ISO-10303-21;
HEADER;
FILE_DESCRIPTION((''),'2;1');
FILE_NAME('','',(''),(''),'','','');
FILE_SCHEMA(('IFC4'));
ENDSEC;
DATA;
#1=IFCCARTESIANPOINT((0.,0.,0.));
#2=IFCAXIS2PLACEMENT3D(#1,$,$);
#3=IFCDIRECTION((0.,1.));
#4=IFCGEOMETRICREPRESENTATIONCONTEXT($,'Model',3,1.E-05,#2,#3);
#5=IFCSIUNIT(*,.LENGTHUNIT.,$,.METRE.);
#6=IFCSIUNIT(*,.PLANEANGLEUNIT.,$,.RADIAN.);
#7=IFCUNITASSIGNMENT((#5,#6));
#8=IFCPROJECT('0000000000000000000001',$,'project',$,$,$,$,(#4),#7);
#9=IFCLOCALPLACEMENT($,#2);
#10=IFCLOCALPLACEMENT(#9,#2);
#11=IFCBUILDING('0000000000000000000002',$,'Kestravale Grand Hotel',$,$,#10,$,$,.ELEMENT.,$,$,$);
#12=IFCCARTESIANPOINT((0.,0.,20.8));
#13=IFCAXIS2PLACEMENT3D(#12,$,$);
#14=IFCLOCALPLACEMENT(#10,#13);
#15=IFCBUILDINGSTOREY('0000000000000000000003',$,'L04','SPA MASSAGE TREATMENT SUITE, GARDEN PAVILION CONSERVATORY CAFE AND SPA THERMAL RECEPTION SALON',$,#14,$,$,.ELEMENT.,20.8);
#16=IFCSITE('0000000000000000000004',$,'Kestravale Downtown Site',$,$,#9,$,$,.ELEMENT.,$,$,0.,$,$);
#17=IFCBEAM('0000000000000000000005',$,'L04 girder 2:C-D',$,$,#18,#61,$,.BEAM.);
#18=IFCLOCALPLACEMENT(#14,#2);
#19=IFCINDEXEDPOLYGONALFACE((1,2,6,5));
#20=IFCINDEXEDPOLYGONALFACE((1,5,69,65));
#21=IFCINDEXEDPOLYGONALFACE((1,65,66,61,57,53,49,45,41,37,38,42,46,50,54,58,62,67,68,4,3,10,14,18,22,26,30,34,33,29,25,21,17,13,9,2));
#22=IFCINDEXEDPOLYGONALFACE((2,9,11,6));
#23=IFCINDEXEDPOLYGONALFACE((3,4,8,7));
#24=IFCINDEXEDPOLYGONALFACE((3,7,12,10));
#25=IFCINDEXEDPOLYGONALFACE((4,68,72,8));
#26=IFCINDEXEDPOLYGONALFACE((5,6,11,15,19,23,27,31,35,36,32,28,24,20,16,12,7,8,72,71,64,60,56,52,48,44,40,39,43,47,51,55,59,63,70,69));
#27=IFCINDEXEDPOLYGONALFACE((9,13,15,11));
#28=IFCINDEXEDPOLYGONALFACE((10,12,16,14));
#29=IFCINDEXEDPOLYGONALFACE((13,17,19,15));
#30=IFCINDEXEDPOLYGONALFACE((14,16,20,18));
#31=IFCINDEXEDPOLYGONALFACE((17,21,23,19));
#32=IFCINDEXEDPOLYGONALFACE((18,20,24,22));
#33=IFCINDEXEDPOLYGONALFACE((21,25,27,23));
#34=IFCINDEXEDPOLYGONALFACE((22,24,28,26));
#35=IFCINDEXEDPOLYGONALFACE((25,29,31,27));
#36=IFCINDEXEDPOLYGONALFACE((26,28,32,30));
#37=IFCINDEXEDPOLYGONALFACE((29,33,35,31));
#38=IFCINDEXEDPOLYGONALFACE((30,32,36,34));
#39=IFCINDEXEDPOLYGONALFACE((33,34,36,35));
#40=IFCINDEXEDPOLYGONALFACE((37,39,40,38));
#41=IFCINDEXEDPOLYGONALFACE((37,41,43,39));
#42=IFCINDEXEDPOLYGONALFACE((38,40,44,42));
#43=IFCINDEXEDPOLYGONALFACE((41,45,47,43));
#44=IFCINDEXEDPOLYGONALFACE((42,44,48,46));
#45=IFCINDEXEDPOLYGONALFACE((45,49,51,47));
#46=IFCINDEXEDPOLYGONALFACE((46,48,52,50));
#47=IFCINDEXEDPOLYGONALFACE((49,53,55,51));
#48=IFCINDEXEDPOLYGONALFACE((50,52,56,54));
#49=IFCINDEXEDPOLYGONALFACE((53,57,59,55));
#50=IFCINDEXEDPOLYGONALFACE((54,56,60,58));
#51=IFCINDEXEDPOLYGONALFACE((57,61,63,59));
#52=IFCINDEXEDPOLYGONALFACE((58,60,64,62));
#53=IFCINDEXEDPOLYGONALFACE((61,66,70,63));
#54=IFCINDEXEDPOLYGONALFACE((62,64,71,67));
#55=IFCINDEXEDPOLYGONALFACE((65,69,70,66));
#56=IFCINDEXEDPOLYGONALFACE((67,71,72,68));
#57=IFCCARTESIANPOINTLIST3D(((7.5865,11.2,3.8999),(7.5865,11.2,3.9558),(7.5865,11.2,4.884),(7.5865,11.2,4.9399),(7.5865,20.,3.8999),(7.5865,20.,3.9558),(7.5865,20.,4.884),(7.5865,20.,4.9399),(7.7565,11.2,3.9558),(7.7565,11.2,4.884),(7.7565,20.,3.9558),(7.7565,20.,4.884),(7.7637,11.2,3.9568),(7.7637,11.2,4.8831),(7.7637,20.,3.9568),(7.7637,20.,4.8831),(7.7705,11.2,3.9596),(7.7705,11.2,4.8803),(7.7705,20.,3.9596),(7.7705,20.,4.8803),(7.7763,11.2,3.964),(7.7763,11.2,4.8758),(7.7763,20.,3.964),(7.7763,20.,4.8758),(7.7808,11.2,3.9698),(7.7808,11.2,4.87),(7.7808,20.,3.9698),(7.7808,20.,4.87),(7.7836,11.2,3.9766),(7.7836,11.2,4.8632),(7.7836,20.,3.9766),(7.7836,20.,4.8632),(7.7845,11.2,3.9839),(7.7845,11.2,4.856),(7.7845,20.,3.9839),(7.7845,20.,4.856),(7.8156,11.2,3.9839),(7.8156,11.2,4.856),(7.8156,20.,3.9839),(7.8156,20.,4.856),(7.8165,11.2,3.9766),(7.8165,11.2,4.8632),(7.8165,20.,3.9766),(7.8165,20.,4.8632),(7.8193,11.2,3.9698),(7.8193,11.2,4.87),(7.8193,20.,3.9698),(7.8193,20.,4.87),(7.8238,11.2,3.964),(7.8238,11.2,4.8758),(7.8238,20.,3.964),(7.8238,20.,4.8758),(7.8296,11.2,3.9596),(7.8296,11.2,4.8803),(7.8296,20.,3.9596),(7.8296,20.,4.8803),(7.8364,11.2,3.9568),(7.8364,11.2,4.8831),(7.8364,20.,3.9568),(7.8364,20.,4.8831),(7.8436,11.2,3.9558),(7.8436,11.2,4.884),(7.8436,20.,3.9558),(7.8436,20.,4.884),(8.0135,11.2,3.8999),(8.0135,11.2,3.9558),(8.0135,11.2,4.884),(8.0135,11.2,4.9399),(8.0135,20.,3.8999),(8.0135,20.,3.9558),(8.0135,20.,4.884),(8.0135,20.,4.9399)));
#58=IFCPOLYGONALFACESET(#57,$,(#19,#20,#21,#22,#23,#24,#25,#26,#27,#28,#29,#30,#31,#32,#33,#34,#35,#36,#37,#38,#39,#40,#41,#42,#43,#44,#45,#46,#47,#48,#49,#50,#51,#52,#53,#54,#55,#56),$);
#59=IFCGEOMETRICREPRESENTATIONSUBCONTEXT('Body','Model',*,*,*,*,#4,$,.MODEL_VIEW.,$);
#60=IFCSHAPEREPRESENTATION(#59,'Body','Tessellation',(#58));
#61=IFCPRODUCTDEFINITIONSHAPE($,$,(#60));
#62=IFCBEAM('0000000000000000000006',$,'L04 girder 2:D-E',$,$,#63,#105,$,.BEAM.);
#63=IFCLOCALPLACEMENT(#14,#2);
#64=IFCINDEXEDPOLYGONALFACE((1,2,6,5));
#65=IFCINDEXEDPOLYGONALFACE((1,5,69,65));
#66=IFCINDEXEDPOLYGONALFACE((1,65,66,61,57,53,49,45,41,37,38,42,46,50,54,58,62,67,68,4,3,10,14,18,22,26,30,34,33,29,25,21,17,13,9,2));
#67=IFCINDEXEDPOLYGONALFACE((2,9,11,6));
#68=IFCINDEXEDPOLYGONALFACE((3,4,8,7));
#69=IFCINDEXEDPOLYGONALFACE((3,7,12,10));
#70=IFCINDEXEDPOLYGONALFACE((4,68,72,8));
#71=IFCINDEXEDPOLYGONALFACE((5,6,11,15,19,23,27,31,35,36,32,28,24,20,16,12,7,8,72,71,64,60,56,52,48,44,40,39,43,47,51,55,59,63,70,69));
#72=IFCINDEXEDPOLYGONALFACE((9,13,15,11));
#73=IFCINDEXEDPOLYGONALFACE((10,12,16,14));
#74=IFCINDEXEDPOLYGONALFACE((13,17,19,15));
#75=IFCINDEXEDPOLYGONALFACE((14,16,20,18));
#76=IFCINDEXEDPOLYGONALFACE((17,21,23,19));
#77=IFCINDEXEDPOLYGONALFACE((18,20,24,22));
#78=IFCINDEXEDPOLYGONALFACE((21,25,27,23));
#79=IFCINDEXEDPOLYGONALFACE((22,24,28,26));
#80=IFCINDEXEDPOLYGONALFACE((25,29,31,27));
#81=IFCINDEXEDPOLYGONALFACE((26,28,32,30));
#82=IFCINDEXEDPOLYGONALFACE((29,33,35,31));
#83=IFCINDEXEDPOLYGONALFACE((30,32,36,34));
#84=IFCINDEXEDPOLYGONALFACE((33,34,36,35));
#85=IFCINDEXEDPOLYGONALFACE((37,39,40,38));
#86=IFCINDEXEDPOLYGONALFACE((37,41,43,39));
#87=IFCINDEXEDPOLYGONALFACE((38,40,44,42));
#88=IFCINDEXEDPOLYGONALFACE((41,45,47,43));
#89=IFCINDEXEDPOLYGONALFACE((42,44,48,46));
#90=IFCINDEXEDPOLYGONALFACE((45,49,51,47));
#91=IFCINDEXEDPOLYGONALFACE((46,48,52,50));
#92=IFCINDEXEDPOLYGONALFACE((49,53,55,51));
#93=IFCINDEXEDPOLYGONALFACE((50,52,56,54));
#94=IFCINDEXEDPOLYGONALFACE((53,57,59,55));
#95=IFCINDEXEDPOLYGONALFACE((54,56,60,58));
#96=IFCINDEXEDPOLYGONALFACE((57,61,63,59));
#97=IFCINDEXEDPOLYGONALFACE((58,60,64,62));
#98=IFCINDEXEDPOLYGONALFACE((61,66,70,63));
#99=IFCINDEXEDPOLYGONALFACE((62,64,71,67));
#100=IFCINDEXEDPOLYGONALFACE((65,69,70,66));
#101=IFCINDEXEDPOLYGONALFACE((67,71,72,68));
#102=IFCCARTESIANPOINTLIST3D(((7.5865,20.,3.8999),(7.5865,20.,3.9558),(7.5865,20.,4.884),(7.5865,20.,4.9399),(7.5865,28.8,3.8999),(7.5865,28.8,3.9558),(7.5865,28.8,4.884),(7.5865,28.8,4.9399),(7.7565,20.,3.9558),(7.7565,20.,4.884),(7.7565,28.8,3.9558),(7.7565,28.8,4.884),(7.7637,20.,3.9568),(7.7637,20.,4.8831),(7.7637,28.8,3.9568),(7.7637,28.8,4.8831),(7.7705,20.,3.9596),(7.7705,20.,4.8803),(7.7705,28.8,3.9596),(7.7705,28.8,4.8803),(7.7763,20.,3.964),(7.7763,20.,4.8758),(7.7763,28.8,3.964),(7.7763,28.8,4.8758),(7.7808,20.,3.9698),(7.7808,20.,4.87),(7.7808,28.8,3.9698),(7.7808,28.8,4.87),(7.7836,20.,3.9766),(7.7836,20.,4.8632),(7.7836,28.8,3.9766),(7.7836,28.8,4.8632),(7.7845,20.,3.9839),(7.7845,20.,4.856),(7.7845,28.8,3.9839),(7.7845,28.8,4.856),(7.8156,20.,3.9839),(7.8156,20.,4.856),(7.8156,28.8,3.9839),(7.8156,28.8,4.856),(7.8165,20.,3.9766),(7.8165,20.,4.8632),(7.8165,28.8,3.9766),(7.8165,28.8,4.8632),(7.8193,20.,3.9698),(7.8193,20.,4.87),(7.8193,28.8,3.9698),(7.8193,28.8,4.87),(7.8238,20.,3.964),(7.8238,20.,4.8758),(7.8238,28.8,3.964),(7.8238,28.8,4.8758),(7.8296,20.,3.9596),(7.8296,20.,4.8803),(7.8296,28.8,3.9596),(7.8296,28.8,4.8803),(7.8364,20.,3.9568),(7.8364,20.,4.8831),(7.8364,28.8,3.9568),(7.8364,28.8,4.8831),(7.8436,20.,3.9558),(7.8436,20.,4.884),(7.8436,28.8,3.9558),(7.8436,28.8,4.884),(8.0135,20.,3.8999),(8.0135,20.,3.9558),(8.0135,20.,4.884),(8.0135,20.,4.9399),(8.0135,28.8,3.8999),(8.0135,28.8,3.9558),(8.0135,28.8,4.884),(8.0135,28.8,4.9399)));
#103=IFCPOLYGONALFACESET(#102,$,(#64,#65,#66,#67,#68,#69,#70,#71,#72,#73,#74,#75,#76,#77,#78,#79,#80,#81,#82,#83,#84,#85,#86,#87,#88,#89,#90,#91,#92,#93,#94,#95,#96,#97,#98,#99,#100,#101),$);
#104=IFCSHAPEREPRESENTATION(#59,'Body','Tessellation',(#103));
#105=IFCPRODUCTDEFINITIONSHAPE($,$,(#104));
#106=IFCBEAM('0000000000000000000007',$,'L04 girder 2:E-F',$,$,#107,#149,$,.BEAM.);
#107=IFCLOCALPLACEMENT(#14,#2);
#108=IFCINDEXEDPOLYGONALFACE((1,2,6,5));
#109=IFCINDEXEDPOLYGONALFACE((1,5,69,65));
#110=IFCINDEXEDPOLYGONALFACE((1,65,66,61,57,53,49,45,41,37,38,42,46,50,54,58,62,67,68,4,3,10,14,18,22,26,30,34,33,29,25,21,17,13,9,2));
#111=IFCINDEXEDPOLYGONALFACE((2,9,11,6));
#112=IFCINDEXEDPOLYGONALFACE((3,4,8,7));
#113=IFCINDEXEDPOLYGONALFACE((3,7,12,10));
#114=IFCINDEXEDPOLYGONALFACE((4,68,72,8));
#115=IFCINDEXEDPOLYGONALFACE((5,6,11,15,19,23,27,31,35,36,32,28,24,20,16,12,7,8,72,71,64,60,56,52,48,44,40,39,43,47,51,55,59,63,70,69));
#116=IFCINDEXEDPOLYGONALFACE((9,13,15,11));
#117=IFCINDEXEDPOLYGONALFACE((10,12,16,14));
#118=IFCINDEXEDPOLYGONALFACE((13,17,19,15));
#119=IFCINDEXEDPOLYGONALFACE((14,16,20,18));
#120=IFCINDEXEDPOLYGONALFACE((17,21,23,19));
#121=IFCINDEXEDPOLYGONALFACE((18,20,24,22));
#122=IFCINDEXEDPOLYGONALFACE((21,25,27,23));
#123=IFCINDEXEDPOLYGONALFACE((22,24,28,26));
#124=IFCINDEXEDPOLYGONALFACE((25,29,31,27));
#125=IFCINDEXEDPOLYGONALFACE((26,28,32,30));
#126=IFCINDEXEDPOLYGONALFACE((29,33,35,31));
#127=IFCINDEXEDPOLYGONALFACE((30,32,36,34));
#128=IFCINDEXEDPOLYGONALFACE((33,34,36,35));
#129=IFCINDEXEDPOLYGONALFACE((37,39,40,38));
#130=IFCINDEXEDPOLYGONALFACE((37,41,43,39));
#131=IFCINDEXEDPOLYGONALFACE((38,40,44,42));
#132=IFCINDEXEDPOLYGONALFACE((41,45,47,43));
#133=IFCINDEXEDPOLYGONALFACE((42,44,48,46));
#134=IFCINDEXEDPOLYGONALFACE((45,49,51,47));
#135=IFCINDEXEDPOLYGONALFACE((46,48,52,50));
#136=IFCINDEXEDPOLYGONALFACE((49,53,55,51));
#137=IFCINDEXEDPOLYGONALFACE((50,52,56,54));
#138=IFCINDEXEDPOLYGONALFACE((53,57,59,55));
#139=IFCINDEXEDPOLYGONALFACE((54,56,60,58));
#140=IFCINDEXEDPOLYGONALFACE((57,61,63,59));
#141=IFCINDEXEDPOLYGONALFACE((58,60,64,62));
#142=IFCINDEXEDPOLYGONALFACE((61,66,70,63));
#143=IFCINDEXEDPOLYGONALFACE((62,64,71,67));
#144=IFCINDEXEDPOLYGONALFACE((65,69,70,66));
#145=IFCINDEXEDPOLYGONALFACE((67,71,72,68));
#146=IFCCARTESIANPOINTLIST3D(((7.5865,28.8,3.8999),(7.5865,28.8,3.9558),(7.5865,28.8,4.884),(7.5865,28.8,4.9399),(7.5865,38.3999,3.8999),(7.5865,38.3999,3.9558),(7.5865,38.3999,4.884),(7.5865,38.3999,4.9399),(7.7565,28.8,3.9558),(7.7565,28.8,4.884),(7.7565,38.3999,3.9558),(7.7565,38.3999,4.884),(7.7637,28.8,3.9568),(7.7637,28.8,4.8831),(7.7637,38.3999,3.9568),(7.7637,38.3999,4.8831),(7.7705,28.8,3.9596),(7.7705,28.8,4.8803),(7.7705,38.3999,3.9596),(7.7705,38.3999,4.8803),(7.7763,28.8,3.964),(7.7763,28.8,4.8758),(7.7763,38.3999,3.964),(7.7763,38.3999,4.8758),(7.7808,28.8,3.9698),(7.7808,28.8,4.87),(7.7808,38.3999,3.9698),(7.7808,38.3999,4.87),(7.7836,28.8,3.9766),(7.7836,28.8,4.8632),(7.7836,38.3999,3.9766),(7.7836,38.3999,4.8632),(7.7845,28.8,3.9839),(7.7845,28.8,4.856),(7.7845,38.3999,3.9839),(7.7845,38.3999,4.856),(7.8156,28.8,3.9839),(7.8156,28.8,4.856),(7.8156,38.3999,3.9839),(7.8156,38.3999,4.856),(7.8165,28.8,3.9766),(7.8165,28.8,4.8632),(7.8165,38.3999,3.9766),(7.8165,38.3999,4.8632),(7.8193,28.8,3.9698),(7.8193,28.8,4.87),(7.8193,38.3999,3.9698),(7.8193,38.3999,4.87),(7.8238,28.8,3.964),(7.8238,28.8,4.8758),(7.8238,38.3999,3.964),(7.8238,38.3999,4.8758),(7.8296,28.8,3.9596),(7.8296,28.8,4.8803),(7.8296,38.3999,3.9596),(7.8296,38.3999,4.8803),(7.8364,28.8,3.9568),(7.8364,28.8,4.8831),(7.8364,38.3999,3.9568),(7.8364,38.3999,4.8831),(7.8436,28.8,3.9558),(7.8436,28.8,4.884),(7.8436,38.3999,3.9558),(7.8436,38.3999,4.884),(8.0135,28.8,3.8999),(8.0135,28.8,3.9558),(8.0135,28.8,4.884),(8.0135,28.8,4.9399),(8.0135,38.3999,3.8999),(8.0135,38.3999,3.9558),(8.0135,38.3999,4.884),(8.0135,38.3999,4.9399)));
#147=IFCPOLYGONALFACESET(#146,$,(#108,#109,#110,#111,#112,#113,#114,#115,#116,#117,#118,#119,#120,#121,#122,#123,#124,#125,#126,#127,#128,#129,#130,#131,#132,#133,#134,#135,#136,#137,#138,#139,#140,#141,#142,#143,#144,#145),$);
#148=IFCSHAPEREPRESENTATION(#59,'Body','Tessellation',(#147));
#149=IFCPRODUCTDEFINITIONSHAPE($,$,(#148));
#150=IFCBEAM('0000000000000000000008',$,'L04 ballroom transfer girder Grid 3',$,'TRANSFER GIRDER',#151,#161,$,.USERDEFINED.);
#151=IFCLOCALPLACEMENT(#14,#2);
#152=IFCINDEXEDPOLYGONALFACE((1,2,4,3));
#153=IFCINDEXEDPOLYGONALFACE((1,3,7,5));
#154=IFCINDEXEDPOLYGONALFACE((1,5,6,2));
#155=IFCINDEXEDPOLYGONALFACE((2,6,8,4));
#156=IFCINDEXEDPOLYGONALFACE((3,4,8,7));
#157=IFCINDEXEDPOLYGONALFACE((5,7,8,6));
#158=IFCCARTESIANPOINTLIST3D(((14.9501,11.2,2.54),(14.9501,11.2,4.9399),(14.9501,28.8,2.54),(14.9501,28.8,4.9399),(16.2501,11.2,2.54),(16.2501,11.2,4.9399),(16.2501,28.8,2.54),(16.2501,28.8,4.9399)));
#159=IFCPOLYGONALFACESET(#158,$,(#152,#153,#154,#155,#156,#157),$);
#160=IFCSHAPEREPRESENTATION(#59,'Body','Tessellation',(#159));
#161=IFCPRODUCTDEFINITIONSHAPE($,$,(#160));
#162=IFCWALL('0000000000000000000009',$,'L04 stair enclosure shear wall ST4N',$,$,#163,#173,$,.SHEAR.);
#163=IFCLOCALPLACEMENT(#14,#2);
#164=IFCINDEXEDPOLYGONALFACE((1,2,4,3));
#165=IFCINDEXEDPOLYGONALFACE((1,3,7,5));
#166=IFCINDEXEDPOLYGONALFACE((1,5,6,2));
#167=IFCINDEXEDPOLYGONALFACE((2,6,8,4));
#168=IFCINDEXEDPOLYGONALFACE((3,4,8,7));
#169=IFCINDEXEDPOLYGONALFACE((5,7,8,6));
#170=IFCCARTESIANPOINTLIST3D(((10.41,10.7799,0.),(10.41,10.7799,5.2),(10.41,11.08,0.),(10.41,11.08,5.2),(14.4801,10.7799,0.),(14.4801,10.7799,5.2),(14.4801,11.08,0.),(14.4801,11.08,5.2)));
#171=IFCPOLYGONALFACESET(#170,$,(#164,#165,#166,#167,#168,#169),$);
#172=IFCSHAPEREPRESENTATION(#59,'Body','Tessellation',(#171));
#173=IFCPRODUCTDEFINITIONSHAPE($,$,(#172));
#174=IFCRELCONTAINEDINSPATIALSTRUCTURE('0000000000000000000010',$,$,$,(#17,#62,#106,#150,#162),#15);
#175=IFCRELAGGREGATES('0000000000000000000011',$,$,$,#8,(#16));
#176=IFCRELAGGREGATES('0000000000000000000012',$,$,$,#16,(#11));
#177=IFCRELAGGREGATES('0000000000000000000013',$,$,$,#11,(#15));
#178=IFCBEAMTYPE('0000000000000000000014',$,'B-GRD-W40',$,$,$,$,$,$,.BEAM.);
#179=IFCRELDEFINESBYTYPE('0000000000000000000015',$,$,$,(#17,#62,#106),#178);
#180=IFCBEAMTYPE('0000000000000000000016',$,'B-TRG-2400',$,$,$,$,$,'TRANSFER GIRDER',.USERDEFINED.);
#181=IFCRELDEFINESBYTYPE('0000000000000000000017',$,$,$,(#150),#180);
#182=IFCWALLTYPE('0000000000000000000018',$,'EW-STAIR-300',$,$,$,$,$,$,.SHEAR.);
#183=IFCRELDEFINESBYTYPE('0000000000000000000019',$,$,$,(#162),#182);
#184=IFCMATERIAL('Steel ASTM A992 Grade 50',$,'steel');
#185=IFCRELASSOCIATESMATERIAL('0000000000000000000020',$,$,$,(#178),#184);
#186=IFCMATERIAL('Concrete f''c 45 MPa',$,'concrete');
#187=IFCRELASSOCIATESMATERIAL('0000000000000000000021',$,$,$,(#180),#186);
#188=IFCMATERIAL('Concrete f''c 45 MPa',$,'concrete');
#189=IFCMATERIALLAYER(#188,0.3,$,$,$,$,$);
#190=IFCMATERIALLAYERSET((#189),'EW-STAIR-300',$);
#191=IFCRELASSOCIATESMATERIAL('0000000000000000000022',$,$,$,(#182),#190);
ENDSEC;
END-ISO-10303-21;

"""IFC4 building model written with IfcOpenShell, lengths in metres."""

from ifc_helpers import new_model, si_unit, direction, frame, frame_2d, origin, origin_2d, place, context, subcontext, project, spatial, rectangle, i_section, extrude, material, layer, layer_set, material_profile, profile_set, type_object, element, save


model = new_model("IFC4")

# Units and contexts
model_context = context("Model", 3, precision=1e-05, world=origin(), true_north=direction((0.0, 1.0)))
body_context = subcontext(model_context, "Body", "Model", "MODEL_VIEW")
ifc_project = project(units=[si_unit("LENGTHUNIT", "METRE"), si_unit("PLANEANGLEUNIT", "RADIAN")], contexts=[model_context])

# Site, building, storey
site_placement = place(None, origin())
site = spatial("IfcSite", under=ifc_project, at=site_placement, Name="Kestravale Downtown Site", CompositionType="ELEMENT", RefElevation=0.0)
building_placement = place(site_placement, origin())
building = spatial("IfcBuilding", under=site, at=building_placement, Name="Kestravale Grand Hotel", CompositionType="ELEMENT")
storey_placement = place(building_placement, frame((0.0, 0.0, 20.8)))
storey = spatial("IfcBuildingStorey", under=building, at=storey_placement, Name="L04", Description="SPA MASSAGE TREATMENT SUITE, GARDEN PAVILION CONSERVATORY CAFE AND SPA THERMAL RECEPTION SALON", CompositionType="ELEMENT", Elevation=20.8)

# Beams
ifc_material_1 = material(Name="Steel ASTM A992 Grade 50", Category="steel")
ifc_material_profile_1 = material_profile(ifc_material_1, i_section(OverallWidth=0.427, OverallDepth=1.04, WebThickness=0.031, FlangeThickness=0.0559, FilletRadius=0.0281, at=origin_2d()))
ifc_profile_set_1 = profile_set([ifc_material_profile_1], Name="Steel ASTM A992 Grade 50")
beam_type_1 = type_object("IfcBeamType", Name="B-GRD-W40", PredefinedType="BEAM", material=ifc_profile_set_1)
for number, where, z_axis, x_axis, name in (
    (1, (7.8, 11.2, 4.4199), (0.0, 1.0, 0.0), (-1.0, 0.0, 0.0), "L04 girder 2:C-D"),
    (2, (7.8, 20.0, 4.4199), (0.0, 1.0, 0.0), (-1.0, 0.0, 0.0), "L04 girder 2:D-E"),
):
    element("IfcBeam", number, at=place(storey_placement, frame(where, z_axis=z_axis, x_axis=x_axis)), inside=storey, type_object=beam_type_1, Name=name, PredefinedType="BEAM", context=body_context, shape_type="SweptSolid", body=[
        extrude(i_section(OverallWidth=0.427, OverallDepth=1.04, WebThickness=0.031, FlangeThickness=0.0559, FilletRadius=0.0281, at=origin_2d()), origin(), (0.0, 0.0, 1.0), 8.8),
    ])
beam_1_placement = place(storey_placement, frame((7.8, 28.8, 4.4199), z_axis=(0.0, 1.0, 0.0), x_axis=(-1.0, 0.0, 0.0)))
element("IfcBeam", 3, at=beam_1_placement, inside=storey, type_object=beam_type_1, Name="L04 girder 2:E-F", PredefinedType="BEAM", context=body_context, shape_type="SweptSolid", body=[
    extrude(i_section(OverallWidth=0.427, OverallDepth=1.04, WebThickness=0.031, FlangeThickness=0.0559, FilletRadius=0.0281, at=origin_2d()), origin(), (0.0, 0.0, 1.0), 9.5999),
])
ifc_material_2 = material(Name="Concrete f'c 45 MPa", Category="concrete")
ifc_material_profile_2 = material_profile(ifc_material_2, rectangle(XDim=1.3, YDim=2.3999, at=origin_2d()))
ifc_profile_set_2 = profile_set([ifc_material_profile_2], Name="Concrete f'c 45 MPa")
beam_type_2 = type_object("IfcBeamType", Name="B-TRG-2400", ElementType="TRANSFER GIRDER", PredefinedType="USERDEFINED", material=ifc_profile_set_2)
beam_2_placement = place(storey_placement, frame((15.6001, 11.2, 3.74), z_axis=(0.0, 1.0, 0.0), x_axis=(-1.0, 0.0, 0.0)))
element("IfcBeam", 4, at=beam_2_placement, inside=storey, type_object=beam_type_2, Name="L04 ballroom transfer girder Grid 3", ObjectType="TRANSFER GIRDER", PredefinedType="USERDEFINED", context=body_context, shape_type="SweptSolid", body=[
    extrude(rectangle(XDim=1.3, YDim=2.3999, at=origin_2d()), origin(), (0.0, 0.0, 1.0), 17.6001),
])

# Wall
ifc_material_3 = material(Name="Concrete f'c 45 MPa", Category="concrete")
ifc_layer_1 = layer(ifc_material_3, 0.3)
ifc_layer_set_1 = layer_set([ifc_layer_1], Name="EW-STAIR-300")
wall_type_1 = type_object("IfcWallType", Name="EW-STAIR-300", PredefinedType="SHEAR", material=ifc_layer_set_1)
wall_1_placement = place(storey_placement, frame((10.4099, 10.9299, 0.0), z_axis=(0.0, 0.0, 1.0), x_axis=(1.0, 0.0, 0.0)))
element("IfcWall", 5, at=wall_1_placement, inside=storey, type_object=wall_type_1, Name="L04 stair enclosure shear wall ST4N", PredefinedType="SHEAR", context=body_context, shape_type="SweptSolid", body=[
    extrude(rectangle(XDim=4.0701, YDim=0.3, at=frame_2d((2.0352, 0.0))), origin(), (0.0, 0.0, 1.0), 5.2),
])

save(model, "model.ifc")
